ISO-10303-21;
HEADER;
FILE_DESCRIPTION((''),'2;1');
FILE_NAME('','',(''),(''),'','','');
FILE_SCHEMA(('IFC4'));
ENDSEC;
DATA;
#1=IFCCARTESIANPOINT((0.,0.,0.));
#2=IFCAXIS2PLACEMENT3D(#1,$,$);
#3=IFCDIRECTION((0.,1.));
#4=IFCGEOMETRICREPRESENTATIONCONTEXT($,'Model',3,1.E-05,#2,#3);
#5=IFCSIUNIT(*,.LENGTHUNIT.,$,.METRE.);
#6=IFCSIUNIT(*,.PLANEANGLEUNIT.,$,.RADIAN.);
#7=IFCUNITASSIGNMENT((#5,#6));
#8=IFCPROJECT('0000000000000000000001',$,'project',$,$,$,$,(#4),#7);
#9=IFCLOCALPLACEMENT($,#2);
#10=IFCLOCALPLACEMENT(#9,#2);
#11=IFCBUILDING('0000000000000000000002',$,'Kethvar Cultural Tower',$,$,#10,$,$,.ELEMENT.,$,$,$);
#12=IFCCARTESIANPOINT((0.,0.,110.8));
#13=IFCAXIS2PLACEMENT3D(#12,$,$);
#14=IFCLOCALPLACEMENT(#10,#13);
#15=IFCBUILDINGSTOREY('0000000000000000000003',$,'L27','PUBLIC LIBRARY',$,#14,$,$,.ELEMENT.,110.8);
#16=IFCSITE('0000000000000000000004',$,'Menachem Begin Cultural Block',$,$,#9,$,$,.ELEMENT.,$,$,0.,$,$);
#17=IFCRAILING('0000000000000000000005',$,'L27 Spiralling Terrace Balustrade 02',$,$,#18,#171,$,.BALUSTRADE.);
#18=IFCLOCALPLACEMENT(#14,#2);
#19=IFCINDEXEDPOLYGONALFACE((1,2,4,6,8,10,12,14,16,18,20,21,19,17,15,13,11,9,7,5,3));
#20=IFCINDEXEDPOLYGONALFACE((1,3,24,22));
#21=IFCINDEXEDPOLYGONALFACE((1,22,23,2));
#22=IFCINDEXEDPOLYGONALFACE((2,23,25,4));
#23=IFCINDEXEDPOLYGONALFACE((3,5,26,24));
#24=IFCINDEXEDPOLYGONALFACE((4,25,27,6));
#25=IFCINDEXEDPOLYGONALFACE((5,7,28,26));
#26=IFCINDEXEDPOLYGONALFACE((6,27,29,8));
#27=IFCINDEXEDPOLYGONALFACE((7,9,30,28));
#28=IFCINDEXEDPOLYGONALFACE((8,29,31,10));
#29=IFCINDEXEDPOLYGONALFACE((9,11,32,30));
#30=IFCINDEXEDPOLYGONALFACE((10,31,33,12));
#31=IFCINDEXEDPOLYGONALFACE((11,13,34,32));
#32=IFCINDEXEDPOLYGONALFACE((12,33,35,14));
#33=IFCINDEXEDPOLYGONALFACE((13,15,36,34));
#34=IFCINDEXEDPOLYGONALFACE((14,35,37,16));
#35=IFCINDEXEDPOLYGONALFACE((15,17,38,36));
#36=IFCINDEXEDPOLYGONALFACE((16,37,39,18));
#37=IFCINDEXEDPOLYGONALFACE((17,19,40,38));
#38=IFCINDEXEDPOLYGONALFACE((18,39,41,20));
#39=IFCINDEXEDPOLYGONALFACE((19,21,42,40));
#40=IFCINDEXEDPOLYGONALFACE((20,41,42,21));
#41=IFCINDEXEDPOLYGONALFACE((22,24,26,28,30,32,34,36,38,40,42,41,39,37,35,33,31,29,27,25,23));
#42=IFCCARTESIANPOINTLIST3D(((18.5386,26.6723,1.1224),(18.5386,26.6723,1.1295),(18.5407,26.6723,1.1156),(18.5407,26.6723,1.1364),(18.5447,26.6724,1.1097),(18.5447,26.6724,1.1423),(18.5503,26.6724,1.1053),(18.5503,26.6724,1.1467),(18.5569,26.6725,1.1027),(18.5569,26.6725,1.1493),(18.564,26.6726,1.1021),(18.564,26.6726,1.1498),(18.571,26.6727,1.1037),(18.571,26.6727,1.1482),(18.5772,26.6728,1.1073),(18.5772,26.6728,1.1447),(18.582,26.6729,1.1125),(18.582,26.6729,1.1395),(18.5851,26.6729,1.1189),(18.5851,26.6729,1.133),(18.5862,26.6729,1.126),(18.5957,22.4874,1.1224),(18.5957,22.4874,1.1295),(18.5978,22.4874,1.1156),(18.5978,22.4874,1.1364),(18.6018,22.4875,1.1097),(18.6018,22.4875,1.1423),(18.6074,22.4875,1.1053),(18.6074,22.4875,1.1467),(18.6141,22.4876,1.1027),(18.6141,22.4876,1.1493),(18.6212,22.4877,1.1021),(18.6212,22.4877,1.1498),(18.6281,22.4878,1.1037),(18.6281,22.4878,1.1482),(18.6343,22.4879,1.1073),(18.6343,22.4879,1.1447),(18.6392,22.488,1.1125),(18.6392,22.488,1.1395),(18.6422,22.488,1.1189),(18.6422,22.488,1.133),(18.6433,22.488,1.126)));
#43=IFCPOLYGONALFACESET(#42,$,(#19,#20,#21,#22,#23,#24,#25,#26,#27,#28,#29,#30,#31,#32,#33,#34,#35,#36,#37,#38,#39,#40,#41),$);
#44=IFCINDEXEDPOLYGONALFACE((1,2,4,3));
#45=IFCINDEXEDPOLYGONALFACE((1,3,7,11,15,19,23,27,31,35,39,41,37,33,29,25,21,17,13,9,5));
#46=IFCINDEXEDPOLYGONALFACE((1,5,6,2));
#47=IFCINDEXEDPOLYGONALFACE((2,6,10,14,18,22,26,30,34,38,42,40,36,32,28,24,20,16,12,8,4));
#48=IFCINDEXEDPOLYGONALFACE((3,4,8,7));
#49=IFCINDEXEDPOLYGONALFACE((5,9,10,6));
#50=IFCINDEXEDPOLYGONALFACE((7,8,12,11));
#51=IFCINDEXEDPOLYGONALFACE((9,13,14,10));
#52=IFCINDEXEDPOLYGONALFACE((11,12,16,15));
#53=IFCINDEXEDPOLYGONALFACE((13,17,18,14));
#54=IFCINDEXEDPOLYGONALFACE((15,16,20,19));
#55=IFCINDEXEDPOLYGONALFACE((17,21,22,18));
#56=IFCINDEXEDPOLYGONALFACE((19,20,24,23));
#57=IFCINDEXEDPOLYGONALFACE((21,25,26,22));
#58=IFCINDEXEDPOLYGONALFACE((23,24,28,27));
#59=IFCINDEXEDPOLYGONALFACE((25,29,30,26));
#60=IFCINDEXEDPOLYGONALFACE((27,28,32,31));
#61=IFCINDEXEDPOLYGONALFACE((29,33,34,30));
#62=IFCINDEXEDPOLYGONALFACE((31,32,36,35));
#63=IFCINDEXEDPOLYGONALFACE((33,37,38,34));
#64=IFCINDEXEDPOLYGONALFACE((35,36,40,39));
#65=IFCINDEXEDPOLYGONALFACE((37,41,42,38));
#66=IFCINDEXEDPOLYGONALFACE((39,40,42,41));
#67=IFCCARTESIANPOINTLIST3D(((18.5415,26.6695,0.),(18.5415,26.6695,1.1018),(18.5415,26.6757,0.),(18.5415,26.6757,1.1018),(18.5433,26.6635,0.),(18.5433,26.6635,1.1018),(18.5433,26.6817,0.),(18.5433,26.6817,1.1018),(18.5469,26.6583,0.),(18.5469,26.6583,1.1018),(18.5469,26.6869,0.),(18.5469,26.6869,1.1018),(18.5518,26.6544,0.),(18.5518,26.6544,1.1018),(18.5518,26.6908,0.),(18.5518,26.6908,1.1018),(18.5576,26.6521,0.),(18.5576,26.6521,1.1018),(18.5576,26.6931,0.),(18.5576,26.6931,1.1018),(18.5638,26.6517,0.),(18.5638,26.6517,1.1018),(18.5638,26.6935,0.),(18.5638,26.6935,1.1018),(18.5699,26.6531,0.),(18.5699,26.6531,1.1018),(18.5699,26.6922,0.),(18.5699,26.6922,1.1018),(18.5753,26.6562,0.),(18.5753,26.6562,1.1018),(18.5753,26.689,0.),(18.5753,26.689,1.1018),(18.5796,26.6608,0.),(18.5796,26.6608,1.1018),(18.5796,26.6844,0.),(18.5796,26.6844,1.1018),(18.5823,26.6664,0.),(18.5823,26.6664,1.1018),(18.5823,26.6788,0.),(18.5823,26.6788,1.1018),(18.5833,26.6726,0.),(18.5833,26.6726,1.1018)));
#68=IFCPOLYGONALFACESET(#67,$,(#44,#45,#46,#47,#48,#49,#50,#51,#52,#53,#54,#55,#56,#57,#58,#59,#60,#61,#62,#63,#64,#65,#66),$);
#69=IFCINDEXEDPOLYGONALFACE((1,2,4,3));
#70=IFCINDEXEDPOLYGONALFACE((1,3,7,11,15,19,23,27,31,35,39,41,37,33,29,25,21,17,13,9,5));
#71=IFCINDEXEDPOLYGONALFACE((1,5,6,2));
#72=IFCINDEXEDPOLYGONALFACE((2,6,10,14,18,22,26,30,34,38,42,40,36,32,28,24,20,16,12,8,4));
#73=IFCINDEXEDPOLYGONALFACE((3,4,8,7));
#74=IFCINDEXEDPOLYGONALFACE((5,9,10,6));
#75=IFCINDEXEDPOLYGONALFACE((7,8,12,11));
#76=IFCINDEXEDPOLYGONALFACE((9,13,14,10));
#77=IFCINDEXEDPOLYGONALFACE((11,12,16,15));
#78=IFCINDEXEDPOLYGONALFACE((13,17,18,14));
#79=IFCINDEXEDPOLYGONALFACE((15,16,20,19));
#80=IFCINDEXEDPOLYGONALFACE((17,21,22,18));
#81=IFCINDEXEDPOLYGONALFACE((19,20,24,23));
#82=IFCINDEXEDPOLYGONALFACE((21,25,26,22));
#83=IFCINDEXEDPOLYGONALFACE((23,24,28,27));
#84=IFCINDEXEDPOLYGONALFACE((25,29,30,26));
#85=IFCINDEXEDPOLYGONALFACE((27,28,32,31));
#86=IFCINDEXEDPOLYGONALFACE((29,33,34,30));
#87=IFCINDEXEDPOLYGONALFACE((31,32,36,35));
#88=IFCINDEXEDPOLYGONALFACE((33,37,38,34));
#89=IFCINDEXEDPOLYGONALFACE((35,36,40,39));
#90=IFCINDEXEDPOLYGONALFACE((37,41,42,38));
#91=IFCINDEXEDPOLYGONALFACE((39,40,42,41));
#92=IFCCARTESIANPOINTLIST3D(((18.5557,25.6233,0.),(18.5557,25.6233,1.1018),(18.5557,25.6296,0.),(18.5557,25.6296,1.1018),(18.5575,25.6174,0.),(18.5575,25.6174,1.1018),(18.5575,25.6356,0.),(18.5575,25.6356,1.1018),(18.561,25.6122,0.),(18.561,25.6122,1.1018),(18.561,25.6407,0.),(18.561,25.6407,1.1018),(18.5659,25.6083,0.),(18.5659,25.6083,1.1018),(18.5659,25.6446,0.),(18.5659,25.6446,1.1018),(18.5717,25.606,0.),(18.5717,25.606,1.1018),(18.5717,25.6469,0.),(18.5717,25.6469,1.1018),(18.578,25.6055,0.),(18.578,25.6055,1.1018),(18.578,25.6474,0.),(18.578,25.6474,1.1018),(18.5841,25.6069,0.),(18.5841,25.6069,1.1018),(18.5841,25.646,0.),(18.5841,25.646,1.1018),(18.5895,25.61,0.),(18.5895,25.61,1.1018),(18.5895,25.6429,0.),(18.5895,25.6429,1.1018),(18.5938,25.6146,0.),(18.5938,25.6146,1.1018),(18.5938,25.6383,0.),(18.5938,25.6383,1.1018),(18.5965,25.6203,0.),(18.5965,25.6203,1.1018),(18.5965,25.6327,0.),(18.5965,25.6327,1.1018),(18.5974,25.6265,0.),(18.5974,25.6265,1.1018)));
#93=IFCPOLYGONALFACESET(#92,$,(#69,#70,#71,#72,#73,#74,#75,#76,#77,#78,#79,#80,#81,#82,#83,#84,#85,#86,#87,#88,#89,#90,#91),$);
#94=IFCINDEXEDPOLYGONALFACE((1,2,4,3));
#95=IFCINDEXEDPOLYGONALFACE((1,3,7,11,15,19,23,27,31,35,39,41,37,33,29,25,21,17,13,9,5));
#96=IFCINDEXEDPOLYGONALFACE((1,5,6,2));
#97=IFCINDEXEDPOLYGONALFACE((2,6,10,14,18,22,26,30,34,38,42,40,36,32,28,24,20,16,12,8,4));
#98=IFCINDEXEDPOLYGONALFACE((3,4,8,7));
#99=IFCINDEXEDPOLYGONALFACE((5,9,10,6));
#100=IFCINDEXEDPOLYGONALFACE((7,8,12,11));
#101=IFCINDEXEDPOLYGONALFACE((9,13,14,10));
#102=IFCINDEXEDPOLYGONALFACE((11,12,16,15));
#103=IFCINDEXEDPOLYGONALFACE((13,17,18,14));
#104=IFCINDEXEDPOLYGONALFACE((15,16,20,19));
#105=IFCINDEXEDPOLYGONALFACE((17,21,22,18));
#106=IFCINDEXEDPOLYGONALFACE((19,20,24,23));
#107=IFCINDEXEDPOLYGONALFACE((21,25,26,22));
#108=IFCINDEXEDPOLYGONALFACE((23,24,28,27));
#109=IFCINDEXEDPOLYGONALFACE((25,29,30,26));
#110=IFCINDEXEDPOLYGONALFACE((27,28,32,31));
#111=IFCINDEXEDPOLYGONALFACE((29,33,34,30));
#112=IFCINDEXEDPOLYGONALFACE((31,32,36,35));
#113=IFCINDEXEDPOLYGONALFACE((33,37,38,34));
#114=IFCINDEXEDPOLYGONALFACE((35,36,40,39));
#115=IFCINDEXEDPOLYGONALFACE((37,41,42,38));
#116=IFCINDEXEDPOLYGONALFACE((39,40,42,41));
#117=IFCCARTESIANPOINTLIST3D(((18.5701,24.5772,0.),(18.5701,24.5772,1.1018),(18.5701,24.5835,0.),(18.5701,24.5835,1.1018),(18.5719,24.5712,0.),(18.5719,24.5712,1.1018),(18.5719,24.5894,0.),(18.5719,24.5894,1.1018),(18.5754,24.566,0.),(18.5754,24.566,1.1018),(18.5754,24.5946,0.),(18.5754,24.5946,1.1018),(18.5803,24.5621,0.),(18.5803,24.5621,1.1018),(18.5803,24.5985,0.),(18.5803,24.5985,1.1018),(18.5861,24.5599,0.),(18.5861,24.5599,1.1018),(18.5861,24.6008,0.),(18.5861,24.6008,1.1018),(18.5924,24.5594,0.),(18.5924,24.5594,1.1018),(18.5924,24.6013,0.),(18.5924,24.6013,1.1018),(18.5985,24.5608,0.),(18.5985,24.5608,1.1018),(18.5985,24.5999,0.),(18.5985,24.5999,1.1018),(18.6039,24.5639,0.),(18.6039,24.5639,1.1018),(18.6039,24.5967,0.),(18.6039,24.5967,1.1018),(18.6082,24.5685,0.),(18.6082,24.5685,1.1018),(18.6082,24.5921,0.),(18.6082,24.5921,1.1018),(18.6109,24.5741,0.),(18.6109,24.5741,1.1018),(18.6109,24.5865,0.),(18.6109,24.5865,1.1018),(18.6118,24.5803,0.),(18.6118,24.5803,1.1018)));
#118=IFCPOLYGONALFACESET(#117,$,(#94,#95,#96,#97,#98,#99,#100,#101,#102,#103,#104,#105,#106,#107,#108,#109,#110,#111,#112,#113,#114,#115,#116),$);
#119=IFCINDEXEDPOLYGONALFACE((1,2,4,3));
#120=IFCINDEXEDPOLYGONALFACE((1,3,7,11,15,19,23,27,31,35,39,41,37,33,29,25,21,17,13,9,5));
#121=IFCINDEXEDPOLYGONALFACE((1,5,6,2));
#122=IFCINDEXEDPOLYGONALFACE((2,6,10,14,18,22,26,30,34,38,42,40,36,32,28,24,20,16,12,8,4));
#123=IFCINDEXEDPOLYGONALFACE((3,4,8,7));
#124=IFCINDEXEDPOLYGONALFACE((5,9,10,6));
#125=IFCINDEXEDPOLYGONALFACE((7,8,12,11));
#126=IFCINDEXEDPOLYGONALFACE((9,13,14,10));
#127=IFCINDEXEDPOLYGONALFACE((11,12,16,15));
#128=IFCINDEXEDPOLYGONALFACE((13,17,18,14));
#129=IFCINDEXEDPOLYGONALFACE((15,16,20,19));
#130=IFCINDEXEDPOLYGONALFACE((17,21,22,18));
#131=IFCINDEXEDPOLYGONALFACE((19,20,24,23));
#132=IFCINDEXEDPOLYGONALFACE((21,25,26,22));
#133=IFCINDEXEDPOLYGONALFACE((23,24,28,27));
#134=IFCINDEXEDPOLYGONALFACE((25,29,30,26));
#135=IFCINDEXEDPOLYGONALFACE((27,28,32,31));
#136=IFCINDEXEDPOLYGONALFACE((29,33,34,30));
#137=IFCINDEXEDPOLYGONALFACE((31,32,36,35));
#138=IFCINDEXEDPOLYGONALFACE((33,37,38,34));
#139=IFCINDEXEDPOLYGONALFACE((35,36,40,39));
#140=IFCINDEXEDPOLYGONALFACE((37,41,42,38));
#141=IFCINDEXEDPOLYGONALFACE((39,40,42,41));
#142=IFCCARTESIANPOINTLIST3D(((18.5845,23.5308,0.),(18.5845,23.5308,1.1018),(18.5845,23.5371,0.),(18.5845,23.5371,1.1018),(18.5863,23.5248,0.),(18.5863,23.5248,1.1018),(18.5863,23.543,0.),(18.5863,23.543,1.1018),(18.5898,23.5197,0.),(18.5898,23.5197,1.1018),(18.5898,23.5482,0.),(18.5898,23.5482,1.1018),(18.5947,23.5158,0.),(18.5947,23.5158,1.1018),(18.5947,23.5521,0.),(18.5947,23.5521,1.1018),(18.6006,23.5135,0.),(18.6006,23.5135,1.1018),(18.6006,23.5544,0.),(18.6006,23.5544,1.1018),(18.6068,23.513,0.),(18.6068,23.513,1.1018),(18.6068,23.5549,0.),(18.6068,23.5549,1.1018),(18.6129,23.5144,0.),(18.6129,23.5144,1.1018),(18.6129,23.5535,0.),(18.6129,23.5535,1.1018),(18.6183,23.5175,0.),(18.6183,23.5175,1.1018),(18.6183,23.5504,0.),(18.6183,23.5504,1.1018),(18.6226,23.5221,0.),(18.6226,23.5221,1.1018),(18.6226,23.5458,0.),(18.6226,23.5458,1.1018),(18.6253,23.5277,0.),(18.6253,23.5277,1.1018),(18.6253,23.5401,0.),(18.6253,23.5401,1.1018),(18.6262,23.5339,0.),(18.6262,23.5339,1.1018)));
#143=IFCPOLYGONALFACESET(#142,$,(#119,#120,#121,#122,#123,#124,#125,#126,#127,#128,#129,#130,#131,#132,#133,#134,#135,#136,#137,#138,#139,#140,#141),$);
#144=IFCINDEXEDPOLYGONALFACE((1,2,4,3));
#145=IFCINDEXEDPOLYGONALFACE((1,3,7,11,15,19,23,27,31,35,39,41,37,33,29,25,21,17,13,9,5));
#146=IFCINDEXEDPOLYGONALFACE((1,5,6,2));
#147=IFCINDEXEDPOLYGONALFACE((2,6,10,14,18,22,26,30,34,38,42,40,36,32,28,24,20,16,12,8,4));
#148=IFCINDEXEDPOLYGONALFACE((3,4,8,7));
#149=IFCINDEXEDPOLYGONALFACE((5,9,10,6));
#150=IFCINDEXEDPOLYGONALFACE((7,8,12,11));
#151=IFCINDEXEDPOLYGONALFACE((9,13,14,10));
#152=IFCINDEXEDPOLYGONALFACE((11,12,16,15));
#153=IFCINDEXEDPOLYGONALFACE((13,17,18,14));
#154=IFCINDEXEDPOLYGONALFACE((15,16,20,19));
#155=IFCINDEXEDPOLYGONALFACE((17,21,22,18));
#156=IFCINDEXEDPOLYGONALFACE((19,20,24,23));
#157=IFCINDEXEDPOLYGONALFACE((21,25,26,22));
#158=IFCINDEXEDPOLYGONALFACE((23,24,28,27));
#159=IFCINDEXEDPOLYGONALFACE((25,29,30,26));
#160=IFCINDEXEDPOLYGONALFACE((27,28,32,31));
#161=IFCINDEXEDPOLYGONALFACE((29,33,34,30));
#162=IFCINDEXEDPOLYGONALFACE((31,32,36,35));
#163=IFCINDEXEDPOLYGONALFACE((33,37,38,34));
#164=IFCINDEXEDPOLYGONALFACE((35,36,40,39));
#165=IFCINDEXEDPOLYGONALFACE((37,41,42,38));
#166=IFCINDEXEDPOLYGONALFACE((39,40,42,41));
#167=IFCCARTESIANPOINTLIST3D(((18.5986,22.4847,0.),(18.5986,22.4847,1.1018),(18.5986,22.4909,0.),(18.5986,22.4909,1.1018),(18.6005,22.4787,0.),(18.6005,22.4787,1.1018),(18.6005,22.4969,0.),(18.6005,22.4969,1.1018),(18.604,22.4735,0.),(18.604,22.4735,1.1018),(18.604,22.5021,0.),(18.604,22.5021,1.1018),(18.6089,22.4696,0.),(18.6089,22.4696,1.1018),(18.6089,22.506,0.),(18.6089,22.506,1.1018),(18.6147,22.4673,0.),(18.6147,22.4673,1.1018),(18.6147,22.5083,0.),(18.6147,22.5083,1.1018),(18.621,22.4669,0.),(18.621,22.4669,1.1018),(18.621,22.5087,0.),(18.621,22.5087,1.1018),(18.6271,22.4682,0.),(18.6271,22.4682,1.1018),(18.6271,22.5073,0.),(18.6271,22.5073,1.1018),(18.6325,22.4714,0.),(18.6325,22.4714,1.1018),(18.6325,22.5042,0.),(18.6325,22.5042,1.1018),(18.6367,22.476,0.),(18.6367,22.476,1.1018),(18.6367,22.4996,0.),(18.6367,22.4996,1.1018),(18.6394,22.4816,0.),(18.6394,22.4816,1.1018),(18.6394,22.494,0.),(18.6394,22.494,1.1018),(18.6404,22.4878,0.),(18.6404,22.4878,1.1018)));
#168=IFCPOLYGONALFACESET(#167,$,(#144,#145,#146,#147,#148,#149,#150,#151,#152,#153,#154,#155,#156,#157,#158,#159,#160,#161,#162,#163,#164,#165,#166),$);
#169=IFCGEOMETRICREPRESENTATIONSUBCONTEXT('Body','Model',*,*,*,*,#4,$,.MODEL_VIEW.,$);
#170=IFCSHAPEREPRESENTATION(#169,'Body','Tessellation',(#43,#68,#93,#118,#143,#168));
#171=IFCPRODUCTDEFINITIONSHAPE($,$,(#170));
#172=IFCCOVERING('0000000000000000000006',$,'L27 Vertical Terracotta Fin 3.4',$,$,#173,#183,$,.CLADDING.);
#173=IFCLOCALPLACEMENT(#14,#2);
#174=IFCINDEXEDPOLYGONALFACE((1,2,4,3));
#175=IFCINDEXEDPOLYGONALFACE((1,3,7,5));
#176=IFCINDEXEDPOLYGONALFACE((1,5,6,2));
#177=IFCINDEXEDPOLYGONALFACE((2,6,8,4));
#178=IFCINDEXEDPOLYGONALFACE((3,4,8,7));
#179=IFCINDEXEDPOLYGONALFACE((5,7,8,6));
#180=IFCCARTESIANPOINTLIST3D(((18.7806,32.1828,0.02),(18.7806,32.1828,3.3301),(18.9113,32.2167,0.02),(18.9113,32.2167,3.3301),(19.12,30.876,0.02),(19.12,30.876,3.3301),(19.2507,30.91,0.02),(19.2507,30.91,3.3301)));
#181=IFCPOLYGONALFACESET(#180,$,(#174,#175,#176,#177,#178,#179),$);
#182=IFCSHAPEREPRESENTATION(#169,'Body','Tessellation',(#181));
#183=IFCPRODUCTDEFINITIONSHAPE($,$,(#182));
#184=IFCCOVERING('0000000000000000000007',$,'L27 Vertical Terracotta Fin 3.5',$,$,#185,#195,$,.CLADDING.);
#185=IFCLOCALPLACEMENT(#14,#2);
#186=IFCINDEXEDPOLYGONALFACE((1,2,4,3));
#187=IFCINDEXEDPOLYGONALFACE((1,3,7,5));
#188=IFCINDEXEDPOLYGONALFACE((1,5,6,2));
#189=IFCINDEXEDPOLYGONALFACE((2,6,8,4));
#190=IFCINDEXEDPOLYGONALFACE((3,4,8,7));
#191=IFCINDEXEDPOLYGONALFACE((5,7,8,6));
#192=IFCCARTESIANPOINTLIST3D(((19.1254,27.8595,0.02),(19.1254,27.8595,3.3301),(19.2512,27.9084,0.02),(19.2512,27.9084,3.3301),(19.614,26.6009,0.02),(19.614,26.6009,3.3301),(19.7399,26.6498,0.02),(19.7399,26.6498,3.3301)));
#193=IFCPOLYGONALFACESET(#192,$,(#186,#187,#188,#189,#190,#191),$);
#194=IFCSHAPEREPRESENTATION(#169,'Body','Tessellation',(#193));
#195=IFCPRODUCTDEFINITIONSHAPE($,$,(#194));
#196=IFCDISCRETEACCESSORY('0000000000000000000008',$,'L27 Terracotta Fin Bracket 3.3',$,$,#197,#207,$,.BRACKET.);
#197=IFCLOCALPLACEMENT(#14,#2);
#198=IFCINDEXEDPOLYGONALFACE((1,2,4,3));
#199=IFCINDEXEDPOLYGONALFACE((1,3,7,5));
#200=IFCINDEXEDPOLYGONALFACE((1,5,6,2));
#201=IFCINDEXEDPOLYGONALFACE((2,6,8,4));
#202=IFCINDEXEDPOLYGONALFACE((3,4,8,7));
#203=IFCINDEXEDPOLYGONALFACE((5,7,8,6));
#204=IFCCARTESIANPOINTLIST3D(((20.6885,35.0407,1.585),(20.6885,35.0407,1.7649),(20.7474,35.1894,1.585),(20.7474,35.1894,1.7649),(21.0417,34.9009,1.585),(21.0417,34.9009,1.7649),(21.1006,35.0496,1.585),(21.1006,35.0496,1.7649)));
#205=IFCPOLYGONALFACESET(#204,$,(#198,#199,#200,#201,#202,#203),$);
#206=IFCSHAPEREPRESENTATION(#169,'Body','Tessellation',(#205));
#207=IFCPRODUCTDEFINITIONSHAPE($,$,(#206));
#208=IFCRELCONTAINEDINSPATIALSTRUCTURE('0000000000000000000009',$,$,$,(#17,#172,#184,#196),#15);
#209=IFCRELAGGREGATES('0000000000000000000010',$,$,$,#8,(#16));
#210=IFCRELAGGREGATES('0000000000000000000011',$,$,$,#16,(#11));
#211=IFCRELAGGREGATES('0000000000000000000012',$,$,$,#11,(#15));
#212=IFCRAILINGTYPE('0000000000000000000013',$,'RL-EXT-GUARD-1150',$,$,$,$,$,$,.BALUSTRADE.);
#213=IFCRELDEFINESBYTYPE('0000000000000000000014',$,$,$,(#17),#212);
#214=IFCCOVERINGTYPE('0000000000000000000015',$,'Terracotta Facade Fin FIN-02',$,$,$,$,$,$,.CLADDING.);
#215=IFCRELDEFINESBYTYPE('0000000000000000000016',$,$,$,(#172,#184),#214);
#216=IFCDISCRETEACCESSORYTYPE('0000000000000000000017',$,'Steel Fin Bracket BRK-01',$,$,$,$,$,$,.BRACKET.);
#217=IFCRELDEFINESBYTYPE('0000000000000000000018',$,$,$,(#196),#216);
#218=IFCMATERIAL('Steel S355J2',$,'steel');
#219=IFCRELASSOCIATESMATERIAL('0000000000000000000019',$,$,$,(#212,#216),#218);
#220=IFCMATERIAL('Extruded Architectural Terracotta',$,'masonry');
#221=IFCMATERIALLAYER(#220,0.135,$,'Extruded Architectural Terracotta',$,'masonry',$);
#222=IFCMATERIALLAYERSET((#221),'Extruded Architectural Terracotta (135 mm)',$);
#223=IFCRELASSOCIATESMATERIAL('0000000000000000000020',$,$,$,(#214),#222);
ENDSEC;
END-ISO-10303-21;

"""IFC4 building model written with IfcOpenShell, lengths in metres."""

from ifc_helpers import new_model, si_unit, direction, frame, origin, origin_2d, place, context, subcontext, project, spatial, rectangle, circle, extrude, source, transform, mapped, material, layer, layer_set, type_object, element, save


model = new_model("IFC4")

# Units and contexts
model_context = context("Model", 3, precision=1e-05, world=origin(), true_north=direction((0.0, 1.0)))
body_context = subcontext(model_context, "Body", "Model", "MODEL_VIEW")
ifc_project = project(units=[si_unit("LENGTHUNIT", "METRE"), si_unit("PLANEANGLEUNIT", "RADIAN")], contexts=[model_context])

# Site, building, storey
site_placement = place(None, origin())
site = spatial("IfcSite", under=ifc_project, at=site_placement, Name="Menachem Begin Cultural Block", CompositionType="ELEMENT", RefElevation=0.0)
building_placement = place(site_placement, origin())
building = spatial("IfcBuilding", under=site, at=building_placement, Name="Kethvar Cultural Tower", CompositionType="ELEMENT")
storey_placement = place(building_placement, frame((0.0, 0.0, 110.8)))
storey = spatial("IfcBuildingStorey", under=building, at=storey_placement, Name="L27", Description="PUBLIC LIBRARY", CompositionType="ELEMENT", Elevation=110.8)

# Shared definitions
ifc_material_1 = material(Name="Steel S355J2", Category="steel")

# Railing
railing_type = type_object("IfcRailingType", Name="RL-EXT-GUARD-1150", PredefinedType="BALUSTRADE", material=ifc_material_1)
railing_1_placement = place(storey_placement, frame((18.5623, 26.6726, 0.0)))
element("IfcRailing", 1, at=railing_1_placement, inside=storey, type_object=railing_type, Name="L27 Spiralling Terrace Balustrade 02", PredefinedType="BALUSTRADE", context=body_context, shape_type="SweptSolid", body=[
    extrude(circle(Radius=0.0239, at=origin_2d()), frame((0.0, 0.0, 1.126), z_axis=(0.01365, -0.999907, 0.0), x_axis=(0.999907, 0.01365, 0.0)), (0.0, 0.0, 1.0), 4.1853),
    extrude(circle(Radius=0.021, at=origin_2d()), origin(), (0.0, 0.0, 1.0), 1.1018),
    extrude(circle(Radius=0.021, at=origin_2d()), frame((0.0142, -1.0461, 0.0)), (0.0, 0.0, 1.0), 1.1018),
    extrude(circle(Radius=0.021, at=origin_2d()), frame((0.0286, -2.0923, 0.0)), (0.0, 0.0, 1.0), 1.1018),
    extrude(circle(Radius=0.021, at=origin_2d()), frame((0.043, -3.1387, 0.0)), (0.0, 0.0, 1.0), 1.1018),
    extrude(circle(Radius=0.021, at=origin_2d()), frame((0.0571, -4.1848, 0.0)), (0.0, 0.0, 1.0), 1.1018),
])

# Coverings
ifc_material_2 = material(Name="Extruded Architectural Terracotta", Category="masonry")
ifc_layer_1 = layer(ifc_material_2, 0.135, Name="Extruded Architectural Terracotta", Category="masonry")
ifc_layer_set_1 = layer_set([ifc_layer_1], Name="Extruded Architectural Terracotta (135 mm)")
covering_type = type_object("IfcCoveringType", Name="Terracotta Facade Fin FIN-02", PredefinedType="CLADDING", material=ifc_layer_set_1)
shared_shape_1 = source(origin(), body_context, "Body", "SweptSolid", [
    extrude(rectangle(XDim=1.3501, YDim=0.135, at=origin_2d()), origin(), (0.0, 0.0, 1.0), 3.3101),
])
for number, where, z_axis, x_axis, name in (
    (2, (19.0156, 31.5464, 0.02), (0.0, 0.0, 1.0), (-0.251394, 0.967885, 0.0), "L27 Vertical Terracotta Fin 3.4"),
    (3, (19.4326, 27.2546, 0.02), (0.0, 0.0, 1.0), (-0.36195, 0.932198, 0.0), "L27 Vertical Terracotta Fin 3.5"),
):
    element("IfcCovering", number, at=place(storey_placement, frame(where, z_axis=z_axis, x_axis=x_axis)), inside=storey, type_object=covering_type, Name=name, PredefinedType="CLADDING", context=body_context, shape_type="MappedRepresentation", body=[
        mapped(shared_shape_1, transform((0.0, 0.0, 0.0), scale=1.0)),
    ])

# Discrete accessory
discrete_accessory_type = type_object("IfcDiscreteAccessoryType", Name="Steel Fin Bracket BRK-01", PredefinedType="BRACKET", material=ifc_material_1)
shared_shape_2 = source(origin(), body_context, "Body", "SweptSolid", [
    extrude(rectangle(XDim=0.3799, YDim=0.1599, at=origin_2d()), origin(), (0.0, 0.0, 1.0), 0.1799),
])
for number, where, z_axis, x_axis, name in (
    (4, (20.8945, 35.0452, 1.585), (0.0, 0.0, 1.0), (-0.929776, 0.368125, 0.0), "L27 Terracotta Fin Bracket 3.3"),
):
    element("IfcDiscreteAccessory", number, at=place(storey_placement, frame(where, z_axis=z_axis, x_axis=x_axis)), inside=storey, type_object=discrete_accessory_type, Name=name, PredefinedType="BRACKET", context=body_context, shape_type="MappedRepresentation", body=[
        mapped(shared_shape_2, transform((0.0, 0.0, 0.0), scale=1.0)),
    ])

save(model, "model.ifc")
